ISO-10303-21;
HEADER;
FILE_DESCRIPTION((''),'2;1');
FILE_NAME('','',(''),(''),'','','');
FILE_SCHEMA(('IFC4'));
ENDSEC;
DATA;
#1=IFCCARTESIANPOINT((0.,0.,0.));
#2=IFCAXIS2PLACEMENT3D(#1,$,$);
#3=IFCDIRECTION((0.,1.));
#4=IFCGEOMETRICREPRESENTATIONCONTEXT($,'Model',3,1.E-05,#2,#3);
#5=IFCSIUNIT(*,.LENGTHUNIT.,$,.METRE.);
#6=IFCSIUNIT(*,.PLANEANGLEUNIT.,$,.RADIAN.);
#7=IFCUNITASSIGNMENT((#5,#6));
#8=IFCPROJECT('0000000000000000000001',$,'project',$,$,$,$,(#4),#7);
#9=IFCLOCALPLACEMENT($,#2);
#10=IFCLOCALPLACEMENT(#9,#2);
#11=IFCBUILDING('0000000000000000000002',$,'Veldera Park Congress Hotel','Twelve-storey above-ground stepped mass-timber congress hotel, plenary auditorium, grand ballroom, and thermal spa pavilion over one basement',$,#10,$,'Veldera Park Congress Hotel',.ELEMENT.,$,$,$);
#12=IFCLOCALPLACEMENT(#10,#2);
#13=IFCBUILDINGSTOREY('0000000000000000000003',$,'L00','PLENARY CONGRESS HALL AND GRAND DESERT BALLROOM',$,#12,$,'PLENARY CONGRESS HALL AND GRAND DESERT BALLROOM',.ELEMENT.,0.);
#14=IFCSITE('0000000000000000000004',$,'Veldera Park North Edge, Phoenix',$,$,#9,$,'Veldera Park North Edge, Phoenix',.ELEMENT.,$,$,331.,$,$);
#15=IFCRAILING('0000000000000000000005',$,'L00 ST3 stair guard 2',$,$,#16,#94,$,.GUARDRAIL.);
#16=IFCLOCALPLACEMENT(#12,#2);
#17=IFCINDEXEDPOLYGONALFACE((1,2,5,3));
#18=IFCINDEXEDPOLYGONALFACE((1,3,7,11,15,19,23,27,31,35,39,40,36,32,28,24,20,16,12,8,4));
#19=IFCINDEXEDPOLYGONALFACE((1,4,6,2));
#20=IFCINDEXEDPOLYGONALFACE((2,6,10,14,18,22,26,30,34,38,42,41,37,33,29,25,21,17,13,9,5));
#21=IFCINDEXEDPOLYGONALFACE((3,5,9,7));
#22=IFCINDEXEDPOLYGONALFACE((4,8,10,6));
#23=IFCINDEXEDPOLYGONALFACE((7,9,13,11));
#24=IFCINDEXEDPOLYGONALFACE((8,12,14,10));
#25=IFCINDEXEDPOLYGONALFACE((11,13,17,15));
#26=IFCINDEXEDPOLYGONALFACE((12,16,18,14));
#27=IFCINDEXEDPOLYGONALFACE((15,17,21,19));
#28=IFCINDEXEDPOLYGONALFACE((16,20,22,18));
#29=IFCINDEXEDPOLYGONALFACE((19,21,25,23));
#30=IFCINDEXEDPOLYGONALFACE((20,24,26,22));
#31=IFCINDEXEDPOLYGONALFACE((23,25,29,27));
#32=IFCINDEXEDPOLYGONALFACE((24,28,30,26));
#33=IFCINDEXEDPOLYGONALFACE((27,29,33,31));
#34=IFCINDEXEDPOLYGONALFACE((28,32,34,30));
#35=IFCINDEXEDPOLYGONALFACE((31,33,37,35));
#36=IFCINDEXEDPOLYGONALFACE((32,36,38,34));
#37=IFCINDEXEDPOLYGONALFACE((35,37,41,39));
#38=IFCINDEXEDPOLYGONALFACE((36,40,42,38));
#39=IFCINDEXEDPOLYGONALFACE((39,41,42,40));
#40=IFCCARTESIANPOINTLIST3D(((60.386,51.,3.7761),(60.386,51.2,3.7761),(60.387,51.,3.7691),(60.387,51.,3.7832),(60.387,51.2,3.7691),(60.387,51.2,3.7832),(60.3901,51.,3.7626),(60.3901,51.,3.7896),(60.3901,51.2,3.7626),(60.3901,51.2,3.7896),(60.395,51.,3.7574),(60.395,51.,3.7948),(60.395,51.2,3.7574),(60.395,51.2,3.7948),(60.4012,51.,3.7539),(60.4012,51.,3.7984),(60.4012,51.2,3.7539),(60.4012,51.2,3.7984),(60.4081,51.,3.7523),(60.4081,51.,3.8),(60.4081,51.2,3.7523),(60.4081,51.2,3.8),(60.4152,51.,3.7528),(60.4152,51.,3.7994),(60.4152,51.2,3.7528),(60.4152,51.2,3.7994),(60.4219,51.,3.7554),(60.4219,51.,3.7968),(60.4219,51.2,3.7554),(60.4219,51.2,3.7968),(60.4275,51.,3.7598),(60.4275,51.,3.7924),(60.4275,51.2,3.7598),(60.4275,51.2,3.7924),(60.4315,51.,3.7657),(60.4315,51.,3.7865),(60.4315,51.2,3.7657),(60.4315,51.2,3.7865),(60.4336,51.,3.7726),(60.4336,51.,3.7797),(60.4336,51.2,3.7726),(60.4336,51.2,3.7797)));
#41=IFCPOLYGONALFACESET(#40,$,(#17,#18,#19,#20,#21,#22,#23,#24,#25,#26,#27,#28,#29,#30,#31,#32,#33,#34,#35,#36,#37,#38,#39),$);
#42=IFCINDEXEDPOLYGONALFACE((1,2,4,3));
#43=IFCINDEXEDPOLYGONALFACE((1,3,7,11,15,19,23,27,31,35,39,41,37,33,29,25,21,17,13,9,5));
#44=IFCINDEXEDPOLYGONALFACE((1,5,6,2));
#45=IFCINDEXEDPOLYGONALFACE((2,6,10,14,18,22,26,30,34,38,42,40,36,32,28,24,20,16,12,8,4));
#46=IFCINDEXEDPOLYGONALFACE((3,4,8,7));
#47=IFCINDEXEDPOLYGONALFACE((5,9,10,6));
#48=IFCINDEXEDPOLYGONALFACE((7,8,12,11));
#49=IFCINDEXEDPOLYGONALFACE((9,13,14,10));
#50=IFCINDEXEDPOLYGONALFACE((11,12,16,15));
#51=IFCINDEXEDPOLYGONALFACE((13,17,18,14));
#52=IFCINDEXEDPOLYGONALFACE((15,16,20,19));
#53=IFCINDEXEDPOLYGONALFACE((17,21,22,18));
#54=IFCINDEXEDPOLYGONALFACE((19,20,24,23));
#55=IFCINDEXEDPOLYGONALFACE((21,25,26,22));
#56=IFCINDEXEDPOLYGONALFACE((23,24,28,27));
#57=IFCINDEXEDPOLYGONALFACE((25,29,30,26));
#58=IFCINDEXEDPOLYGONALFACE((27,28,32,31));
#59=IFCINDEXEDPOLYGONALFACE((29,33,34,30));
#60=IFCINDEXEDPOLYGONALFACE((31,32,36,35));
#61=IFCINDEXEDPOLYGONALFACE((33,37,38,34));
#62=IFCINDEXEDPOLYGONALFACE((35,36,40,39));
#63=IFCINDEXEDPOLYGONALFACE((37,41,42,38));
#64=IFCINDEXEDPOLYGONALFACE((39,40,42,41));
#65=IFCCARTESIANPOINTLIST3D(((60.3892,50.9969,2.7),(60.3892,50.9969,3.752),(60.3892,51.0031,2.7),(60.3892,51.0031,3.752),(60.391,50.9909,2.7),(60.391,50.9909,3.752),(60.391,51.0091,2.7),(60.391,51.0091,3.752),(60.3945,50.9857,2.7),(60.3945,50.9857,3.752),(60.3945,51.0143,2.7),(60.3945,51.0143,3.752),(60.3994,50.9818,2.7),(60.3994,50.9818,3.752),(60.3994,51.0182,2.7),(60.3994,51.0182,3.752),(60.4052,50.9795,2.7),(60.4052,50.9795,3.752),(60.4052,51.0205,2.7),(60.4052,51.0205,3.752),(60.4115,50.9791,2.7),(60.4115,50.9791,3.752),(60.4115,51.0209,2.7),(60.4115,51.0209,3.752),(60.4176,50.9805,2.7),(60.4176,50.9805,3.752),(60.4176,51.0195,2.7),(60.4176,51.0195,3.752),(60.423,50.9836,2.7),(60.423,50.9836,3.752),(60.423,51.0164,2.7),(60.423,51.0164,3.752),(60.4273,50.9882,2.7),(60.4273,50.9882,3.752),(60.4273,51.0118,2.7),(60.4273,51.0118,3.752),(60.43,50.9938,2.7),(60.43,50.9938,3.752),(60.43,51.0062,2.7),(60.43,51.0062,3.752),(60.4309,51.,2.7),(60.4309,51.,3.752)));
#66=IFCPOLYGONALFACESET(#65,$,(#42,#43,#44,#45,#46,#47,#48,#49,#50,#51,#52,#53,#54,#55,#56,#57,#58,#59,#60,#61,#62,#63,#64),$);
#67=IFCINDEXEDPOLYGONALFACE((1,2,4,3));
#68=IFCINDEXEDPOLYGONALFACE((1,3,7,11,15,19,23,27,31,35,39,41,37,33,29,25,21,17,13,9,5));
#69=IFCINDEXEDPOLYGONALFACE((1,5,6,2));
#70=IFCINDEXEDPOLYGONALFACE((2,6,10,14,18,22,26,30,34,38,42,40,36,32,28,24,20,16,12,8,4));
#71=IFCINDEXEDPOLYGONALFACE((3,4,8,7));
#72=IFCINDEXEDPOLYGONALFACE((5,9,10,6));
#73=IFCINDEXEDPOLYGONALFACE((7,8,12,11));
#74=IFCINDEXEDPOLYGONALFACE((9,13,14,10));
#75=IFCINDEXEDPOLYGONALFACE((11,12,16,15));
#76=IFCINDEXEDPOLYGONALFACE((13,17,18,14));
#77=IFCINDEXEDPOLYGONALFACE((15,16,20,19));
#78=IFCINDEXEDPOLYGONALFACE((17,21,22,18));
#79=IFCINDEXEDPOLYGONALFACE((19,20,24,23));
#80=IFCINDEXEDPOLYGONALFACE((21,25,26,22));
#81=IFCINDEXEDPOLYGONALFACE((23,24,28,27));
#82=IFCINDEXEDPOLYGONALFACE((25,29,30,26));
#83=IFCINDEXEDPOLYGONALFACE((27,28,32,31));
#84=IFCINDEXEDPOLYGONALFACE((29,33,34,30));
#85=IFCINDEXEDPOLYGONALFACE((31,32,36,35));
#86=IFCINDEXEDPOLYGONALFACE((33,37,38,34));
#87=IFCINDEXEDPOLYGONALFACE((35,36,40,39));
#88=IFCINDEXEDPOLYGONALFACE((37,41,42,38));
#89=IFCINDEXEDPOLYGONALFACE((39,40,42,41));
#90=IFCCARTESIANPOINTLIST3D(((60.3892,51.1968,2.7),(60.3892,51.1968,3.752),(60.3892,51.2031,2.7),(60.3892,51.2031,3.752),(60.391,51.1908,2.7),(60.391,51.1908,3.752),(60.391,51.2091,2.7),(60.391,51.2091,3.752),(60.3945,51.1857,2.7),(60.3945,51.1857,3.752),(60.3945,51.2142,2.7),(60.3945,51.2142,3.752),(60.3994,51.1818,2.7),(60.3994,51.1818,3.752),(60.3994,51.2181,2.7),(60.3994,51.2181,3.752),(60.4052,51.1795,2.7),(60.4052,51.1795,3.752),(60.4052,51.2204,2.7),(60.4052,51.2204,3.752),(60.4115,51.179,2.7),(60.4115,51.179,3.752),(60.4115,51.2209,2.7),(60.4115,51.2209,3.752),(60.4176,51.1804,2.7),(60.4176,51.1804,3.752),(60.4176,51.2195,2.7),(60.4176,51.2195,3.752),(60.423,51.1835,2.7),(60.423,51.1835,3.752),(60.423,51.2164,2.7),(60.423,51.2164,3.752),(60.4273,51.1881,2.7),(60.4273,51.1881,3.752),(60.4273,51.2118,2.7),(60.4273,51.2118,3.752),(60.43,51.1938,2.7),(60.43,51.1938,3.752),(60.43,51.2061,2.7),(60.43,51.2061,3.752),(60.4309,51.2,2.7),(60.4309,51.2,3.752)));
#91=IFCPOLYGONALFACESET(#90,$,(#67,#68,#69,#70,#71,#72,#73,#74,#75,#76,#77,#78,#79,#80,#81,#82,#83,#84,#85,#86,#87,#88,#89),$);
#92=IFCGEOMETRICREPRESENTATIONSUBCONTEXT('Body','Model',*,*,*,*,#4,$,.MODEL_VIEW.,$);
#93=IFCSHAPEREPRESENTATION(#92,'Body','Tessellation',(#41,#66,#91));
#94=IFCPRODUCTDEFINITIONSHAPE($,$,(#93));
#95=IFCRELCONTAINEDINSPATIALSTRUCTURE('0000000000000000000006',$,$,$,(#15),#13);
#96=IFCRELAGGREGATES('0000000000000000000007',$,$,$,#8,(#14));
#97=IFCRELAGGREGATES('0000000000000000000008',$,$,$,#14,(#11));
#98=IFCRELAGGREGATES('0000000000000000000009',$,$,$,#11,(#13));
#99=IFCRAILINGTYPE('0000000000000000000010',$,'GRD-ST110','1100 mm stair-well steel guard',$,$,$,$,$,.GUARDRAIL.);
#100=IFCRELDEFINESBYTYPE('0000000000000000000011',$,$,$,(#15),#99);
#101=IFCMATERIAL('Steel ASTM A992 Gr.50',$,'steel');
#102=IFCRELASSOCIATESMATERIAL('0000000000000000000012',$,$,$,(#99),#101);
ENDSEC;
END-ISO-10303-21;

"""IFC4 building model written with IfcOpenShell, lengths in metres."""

from ifc_helpers import new_model, si_unit, direction, frame, origin, origin_2d, place, context, subcontext, project, spatial, circle, extrude, material, type_object, element, save


model = new_model("IFC4")

# Units and contexts
model_context = context("Model", 3, precision=1e-05, world=origin(), true_north=direction((0.0, 1.0)))
body_context = subcontext(model_context, "Body", "Model", "MODEL_VIEW")
ifc_project = project(units=[si_unit("LENGTHUNIT", "METRE"), si_unit("PLANEANGLEUNIT", "RADIAN")], contexts=[model_context])

# Site, building, storey
site_placement = place(None, origin())
site = spatial("IfcSite", under=ifc_project, at=site_placement, Name="Veldera Park North Edge, Phoenix", LongName="Veldera Park North Edge, Phoenix", CompositionType="ELEMENT", RefElevation=331.0)
building_placement = place(site_placement, origin())
building = spatial("IfcBuilding", under=site, at=building_placement, Name="Veldera Park Congress Hotel", Description="Twelve-storey above-ground stepped mass-timber congress hotel, plenary auditorium, grand ballroom, and thermal spa pavilion over one basement", LongName="Veldera Park Congress Hotel", CompositionType="ELEMENT")
storey_placement = place(building_placement, origin())
storey = spatial("IfcBuildingStorey", under=building, at=storey_placement, Name="L00", Description="PLENARY CONGRESS HALL AND GRAND DESERT BALLROOM", LongName="PLENARY CONGRESS HALL AND GRAND DESERT BALLROOM", CompositionType="ELEMENT", Elevation=0.0)

# Shared definitions
ifc_material_1 = material(Name="Steel ASTM A992 Gr.50", Category="steel")

# Railing
railing_type_1 = type_object("IfcRailingType", Name="GRD-ST110", Description="1100 mm stair-well steel guard", PredefinedType="GUARDRAIL", material=ifc_material_1)
railing_1_placement = place(storey_placement, frame((60.4099, 51.0, 2.7)))
element("IfcRailing", 1, at=railing_1_placement, inside=storey, type_object=railing_type_1, Name="L00 ST3 stair guard 2", PredefinedType="GUARDRAIL", context=body_context, shape_type="SweptSolid", body=[
    extrude(circle(Radius=0.0239, at=origin_2d()), frame((0.0, 0.0, 1.0762), z_axis=(0.0, 1.0, 0.0), x_axis=(-1.0, 0.0, 0.0)), (0.0, 0.0, 1.0), 0.2),
    extrude(circle(Radius=0.021, at=origin_2d()), origin(), (0.0, 0.0, 1.0), 1.052),
    extrude(circle(Radius=0.021, at=origin_2d()), frame((0.0, 0.2, 0.0)), (0.0, 0.0, 1.0), 1.052),
])

save(model, "model.ifc")
